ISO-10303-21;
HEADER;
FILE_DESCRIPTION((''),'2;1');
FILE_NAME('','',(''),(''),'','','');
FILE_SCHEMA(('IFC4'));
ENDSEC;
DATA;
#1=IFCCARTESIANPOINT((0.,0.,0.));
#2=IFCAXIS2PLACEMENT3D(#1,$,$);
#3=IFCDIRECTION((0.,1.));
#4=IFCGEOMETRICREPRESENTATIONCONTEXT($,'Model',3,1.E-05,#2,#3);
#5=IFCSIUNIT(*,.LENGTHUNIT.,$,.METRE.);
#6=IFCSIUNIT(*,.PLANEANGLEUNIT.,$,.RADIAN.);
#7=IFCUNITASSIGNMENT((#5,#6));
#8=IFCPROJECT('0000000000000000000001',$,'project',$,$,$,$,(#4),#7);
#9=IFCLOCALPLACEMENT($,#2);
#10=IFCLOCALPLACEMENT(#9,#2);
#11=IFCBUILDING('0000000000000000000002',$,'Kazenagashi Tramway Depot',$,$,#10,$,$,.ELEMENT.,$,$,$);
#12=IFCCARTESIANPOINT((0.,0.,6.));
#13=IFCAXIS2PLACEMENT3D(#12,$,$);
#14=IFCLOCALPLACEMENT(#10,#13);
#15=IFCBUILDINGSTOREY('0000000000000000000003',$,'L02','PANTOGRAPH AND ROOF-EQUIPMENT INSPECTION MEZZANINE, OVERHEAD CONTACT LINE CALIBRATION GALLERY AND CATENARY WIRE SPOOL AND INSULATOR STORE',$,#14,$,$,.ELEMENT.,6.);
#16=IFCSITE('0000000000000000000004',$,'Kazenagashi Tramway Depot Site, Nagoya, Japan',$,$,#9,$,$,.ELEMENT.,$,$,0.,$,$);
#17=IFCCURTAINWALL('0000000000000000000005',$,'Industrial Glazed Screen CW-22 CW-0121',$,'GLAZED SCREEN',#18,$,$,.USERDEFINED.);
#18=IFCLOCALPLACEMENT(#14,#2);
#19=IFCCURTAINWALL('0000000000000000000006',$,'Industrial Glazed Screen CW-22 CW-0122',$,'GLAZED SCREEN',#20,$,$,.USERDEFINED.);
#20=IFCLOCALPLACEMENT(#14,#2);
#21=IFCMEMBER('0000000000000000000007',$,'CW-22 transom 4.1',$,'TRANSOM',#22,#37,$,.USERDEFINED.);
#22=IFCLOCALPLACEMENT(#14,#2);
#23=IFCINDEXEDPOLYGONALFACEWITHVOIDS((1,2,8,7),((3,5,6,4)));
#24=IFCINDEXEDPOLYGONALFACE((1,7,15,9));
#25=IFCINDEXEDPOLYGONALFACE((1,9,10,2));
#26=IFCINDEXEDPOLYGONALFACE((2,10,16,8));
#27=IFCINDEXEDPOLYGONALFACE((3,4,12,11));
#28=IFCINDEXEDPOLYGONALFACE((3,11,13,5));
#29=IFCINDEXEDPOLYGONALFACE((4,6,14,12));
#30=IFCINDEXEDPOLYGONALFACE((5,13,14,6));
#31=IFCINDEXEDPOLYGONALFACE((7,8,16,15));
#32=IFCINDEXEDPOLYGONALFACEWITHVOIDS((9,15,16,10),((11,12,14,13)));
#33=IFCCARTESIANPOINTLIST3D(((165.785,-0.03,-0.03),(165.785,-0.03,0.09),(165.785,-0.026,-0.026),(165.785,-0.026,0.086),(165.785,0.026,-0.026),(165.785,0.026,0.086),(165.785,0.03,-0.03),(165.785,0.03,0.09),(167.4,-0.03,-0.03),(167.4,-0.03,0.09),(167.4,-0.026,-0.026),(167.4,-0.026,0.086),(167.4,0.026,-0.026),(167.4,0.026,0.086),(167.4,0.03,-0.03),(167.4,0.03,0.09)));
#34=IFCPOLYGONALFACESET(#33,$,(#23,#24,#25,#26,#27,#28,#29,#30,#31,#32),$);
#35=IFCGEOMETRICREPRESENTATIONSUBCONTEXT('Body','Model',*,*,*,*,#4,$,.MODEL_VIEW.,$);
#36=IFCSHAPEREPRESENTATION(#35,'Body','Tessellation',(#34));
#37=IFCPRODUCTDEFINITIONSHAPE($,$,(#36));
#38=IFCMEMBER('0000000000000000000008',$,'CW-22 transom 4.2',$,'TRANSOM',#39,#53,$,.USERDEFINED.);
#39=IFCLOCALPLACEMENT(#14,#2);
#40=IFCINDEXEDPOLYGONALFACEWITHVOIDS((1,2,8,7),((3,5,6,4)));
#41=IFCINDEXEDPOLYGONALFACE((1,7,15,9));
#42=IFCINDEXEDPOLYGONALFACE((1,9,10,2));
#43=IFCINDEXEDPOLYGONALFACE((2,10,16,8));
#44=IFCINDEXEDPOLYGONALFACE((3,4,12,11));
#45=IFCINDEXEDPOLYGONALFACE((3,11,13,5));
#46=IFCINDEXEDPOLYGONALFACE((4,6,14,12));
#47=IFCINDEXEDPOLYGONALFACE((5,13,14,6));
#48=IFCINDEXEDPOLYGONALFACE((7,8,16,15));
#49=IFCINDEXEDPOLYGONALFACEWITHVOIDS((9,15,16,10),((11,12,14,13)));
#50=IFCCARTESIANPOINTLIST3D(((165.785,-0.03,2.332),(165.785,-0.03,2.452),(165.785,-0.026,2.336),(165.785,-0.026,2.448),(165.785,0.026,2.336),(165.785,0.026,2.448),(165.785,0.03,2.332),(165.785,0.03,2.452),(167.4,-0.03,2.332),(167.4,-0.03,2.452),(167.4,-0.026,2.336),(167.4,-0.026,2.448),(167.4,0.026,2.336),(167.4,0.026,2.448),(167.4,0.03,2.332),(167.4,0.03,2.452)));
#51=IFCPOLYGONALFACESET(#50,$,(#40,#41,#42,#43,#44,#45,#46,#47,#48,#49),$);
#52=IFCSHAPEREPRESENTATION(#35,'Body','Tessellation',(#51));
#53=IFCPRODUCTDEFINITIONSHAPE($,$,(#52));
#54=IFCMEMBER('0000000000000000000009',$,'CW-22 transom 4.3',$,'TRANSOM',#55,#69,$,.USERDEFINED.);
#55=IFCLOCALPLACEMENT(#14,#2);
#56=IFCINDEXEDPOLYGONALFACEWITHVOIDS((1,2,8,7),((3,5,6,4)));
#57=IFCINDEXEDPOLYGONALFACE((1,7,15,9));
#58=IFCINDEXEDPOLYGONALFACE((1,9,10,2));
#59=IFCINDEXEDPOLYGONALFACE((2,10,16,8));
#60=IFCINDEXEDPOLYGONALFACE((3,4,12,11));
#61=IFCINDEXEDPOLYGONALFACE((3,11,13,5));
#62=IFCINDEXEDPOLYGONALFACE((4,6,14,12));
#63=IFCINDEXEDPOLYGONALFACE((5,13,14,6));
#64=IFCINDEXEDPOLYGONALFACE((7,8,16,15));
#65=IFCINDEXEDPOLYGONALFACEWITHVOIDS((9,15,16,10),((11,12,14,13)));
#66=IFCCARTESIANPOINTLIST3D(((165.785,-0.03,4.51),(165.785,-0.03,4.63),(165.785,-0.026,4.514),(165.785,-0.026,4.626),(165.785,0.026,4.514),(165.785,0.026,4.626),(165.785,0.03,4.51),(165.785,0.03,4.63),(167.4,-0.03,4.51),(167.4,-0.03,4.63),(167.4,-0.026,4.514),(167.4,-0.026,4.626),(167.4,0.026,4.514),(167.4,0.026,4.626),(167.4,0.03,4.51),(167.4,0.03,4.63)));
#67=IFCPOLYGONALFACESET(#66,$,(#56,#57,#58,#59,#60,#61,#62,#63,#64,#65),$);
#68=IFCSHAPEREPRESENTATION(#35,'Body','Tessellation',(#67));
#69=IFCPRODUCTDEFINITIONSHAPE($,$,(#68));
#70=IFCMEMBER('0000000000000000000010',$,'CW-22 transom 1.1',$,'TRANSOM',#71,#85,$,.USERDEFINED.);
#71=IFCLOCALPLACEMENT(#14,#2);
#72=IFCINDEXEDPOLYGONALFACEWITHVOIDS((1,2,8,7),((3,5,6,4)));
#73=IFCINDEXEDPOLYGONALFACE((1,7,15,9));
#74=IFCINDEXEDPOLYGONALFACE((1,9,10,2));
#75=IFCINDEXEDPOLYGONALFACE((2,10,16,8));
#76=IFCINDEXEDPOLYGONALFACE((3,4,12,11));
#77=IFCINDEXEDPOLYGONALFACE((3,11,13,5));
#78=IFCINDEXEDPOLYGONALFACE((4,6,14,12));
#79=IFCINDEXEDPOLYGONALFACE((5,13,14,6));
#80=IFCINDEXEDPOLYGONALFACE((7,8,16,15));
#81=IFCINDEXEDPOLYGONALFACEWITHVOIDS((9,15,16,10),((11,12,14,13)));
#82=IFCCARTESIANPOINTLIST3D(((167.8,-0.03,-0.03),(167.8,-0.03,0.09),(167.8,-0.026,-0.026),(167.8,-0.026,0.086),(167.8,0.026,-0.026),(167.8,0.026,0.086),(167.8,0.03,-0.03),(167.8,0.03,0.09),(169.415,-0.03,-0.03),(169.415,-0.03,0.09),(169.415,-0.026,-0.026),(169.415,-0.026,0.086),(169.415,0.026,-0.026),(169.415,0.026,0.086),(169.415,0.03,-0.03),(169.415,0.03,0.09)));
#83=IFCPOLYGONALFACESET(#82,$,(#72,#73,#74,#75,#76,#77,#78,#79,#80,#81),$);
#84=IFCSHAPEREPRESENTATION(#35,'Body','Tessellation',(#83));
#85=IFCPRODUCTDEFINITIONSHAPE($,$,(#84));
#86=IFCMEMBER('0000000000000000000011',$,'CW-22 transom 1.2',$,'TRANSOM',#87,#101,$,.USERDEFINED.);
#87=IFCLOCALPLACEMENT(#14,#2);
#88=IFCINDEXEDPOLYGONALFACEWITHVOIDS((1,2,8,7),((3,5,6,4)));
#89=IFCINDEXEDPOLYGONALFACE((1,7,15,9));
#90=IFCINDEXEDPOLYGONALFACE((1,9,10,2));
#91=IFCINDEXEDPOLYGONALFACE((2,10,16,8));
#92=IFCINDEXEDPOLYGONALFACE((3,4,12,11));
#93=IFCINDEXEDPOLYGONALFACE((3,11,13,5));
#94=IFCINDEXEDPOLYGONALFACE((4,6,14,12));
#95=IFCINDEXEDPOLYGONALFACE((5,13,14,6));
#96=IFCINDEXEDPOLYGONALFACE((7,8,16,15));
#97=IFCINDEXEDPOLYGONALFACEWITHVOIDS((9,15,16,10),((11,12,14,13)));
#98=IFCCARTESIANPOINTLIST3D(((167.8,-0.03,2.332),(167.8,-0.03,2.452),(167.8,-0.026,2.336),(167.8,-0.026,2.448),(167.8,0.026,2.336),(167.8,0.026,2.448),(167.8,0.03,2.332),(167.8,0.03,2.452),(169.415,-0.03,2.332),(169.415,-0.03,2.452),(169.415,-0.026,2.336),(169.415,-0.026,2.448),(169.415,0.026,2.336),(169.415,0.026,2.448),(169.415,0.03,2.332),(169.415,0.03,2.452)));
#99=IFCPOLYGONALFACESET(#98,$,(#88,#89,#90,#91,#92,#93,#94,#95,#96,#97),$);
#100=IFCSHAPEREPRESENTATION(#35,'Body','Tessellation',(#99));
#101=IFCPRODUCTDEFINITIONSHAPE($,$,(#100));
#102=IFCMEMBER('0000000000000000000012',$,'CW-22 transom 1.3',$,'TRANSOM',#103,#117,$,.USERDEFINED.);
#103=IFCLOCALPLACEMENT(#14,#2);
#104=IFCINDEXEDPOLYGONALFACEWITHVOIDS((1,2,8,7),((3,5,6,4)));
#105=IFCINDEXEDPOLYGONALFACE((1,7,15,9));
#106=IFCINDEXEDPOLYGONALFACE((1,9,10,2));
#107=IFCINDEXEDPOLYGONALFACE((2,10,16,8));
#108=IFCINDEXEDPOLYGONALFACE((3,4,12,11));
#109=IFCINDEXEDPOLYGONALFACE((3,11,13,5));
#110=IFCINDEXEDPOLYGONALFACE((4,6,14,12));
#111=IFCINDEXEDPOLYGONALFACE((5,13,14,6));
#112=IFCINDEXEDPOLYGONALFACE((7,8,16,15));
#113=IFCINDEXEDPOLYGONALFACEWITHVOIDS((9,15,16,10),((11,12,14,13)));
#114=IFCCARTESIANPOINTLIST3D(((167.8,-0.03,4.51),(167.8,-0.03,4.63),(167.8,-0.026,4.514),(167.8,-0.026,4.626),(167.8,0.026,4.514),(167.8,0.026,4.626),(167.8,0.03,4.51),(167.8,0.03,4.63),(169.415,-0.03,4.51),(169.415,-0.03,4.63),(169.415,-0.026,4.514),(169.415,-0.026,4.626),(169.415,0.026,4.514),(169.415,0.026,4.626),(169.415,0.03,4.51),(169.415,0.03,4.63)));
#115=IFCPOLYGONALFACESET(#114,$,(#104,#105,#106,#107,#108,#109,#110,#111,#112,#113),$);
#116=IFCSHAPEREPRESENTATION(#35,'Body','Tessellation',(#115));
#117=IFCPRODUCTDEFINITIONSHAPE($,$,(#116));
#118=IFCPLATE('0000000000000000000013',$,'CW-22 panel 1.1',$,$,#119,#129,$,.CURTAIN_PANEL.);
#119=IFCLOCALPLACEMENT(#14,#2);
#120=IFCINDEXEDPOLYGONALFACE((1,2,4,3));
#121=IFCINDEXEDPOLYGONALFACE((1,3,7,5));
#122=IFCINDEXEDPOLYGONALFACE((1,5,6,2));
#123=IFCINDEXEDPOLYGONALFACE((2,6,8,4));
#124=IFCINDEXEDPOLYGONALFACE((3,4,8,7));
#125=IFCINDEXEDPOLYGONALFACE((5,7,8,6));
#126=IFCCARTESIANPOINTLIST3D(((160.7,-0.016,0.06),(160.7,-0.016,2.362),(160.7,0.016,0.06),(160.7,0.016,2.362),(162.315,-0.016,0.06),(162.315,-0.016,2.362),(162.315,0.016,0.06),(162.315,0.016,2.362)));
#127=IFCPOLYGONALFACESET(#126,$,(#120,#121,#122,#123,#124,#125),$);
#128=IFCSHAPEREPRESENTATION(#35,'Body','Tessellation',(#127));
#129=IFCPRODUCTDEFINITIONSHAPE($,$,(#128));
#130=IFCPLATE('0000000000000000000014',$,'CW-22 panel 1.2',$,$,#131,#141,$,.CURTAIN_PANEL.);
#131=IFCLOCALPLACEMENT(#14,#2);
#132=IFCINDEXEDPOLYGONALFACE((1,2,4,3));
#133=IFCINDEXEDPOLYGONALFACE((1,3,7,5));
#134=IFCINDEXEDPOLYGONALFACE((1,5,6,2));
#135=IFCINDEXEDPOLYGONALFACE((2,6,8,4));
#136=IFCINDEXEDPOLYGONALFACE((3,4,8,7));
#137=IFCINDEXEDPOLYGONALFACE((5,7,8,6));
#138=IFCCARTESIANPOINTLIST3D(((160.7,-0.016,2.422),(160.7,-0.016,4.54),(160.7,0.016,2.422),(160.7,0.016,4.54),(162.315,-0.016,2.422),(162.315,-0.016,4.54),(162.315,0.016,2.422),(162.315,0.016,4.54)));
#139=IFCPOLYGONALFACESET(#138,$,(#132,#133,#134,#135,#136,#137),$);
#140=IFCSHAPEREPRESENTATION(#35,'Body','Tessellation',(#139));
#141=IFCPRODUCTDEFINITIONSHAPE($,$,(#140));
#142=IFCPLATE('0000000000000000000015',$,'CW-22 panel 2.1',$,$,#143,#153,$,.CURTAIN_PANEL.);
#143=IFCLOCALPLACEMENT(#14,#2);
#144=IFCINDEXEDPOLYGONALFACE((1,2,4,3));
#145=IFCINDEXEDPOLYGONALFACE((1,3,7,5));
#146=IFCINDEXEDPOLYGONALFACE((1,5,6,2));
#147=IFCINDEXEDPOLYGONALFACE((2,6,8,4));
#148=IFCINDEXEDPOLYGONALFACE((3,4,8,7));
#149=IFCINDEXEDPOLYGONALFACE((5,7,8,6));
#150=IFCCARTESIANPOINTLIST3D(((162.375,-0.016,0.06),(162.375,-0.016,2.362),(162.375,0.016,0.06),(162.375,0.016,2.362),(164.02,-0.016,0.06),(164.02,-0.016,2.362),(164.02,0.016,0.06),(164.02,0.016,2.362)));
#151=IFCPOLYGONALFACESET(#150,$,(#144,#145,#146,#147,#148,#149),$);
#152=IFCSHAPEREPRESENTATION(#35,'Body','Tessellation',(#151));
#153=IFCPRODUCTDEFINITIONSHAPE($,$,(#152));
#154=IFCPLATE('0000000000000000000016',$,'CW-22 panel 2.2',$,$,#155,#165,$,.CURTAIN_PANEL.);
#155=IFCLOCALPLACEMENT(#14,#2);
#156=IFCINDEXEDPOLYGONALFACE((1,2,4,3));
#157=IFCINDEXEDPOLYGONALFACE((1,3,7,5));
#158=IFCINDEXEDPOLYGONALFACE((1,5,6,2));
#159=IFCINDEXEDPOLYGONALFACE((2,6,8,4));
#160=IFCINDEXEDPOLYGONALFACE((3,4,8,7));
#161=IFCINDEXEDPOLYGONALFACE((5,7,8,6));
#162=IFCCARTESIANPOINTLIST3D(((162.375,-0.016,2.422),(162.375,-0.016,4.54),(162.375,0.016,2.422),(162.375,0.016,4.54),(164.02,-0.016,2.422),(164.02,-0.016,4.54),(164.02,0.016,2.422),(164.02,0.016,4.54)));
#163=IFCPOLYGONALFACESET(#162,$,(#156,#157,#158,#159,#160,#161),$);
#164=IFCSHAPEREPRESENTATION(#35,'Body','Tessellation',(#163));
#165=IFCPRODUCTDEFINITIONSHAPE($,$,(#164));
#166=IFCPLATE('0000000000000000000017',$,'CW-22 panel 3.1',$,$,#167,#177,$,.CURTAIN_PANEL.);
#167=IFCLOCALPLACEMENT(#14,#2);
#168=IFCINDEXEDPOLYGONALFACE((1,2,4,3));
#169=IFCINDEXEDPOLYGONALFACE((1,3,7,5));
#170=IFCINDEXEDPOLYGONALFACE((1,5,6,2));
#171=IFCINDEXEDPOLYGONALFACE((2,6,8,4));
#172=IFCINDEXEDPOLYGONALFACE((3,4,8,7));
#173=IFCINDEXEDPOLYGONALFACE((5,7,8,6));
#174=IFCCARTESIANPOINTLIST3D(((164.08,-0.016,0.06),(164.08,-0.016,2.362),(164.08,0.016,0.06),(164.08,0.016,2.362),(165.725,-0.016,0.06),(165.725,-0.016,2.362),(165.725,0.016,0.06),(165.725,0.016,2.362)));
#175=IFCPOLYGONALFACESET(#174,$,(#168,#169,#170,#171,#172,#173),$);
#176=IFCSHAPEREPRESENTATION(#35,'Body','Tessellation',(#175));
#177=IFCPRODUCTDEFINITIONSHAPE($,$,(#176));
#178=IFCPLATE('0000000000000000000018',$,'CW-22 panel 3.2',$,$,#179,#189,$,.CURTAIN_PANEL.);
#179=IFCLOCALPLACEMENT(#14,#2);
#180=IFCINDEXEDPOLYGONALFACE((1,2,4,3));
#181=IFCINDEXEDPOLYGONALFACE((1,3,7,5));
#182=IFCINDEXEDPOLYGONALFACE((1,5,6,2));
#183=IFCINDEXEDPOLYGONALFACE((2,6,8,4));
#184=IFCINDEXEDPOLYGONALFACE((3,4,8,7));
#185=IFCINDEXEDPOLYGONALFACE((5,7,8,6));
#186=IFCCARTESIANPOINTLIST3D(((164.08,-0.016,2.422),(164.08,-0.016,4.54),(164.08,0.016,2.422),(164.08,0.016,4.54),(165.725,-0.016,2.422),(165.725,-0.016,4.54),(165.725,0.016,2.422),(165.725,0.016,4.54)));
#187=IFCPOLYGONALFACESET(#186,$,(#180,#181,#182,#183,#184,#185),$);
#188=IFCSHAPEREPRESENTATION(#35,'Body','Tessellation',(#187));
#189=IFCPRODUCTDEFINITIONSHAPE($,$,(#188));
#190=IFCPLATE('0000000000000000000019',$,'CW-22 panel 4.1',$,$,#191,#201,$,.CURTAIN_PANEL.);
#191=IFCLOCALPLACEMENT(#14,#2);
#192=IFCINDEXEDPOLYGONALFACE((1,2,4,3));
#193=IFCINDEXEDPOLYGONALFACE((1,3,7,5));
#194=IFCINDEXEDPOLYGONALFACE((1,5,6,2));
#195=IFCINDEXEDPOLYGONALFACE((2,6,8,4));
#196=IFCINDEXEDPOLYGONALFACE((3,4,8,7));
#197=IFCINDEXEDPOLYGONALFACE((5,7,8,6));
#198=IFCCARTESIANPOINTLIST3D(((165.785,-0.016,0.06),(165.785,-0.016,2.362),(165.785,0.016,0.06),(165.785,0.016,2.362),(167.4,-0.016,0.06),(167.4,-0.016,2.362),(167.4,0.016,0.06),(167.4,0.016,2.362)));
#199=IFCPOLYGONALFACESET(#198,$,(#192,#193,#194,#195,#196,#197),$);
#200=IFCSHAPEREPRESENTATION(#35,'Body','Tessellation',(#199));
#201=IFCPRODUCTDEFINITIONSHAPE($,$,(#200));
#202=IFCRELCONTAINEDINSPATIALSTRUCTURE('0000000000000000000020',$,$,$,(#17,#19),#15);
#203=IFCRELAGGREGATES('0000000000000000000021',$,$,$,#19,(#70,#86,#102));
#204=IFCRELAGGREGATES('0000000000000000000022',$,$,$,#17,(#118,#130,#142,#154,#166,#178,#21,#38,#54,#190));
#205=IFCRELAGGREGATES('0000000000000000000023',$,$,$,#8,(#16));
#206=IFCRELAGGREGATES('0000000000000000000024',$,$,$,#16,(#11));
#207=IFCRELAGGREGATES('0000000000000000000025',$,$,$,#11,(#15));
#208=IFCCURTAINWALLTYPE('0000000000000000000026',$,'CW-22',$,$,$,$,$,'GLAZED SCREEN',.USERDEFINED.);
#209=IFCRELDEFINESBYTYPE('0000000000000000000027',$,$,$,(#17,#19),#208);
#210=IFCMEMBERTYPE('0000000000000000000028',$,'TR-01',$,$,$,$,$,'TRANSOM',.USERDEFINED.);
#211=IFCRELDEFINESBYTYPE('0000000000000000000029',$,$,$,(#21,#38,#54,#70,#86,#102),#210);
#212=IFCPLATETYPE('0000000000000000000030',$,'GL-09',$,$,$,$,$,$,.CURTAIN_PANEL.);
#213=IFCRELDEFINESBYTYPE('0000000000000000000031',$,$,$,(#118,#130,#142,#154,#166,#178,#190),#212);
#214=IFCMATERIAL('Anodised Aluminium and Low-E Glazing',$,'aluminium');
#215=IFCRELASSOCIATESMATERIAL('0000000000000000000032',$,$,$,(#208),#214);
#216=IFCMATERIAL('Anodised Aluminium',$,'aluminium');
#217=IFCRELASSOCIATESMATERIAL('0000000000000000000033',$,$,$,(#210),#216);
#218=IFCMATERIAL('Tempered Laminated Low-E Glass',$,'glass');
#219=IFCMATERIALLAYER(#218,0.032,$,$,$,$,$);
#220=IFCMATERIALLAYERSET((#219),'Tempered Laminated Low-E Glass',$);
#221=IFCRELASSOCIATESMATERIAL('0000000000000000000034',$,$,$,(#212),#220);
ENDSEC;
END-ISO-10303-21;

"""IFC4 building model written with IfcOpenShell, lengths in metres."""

from ifc_helpers import new_model, si_unit, direction, frame, origin, origin_2d, place, context, subcontext, project, spatial, rectangle, hollow_rectangle, extrude, material, layer, layer_set, material_profile, profile_set, type_object, element, aggregate, save


model = new_model("IFC4")

# Units and contexts
model_context = context("Model", 3, precision=1e-05, world=origin(), true_north=direction((0.0, 1.0)))
body_context = subcontext(model_context, "Body", "Model", "MODEL_VIEW")
ifc_project = project(units=[si_unit("LENGTHUNIT", "METRE"), si_unit("PLANEANGLEUNIT", "RADIAN")], contexts=[model_context])

# Site, building, storey
site_placement = place(None, origin())
site = spatial("IfcSite", under=ifc_project, at=site_placement, Name="Kazenagashi Tramway Depot Site, Nagoya, Japan", CompositionType="ELEMENT", RefElevation=0.0)
building_placement = place(site_placement, origin())
building = spatial("IfcBuilding", under=site, at=building_placement, Name="Kazenagashi Tramway Depot", CompositionType="ELEMENT")
storey_placement = place(building_placement, frame((0.0, 0.0, 6.0)))
storey = spatial("IfcBuildingStorey", under=building, at=storey_placement, Name="L02", Description="PANTOGRAPH AND ROOF-EQUIPMENT INSPECTION MEZZANINE, OVERHEAD CONTACT LINE CALIBRATION GALLERY AND CATENARY WIRE SPOOL AND INSULATOR STORE", CompositionType="ELEMENT", Elevation=6.0)

# Curtain wall
ifc_material_1 = material(Name="Anodised Aluminium and Low-E Glazing", Category="aluminium")
curtain_wall_type = type_object("IfcCurtainWallType", Name="CW-22", ElementType="GLAZED SCREEN", PredefinedType="USERDEFINED", material=ifc_material_1)
curtain_wall_1_placement = place(storey_placement, origin())
curtain_wall_1 = element("IfcCurtainWall", 1, at=curtain_wall_1_placement, inside=storey, type_object=curtain_wall_type, Name="Industrial Glazed Screen CW-22 CW-0121", ObjectType="GLAZED SCREEN", PredefinedType="USERDEFINED")
ifc_material_2 = material(Name="Anodised Aluminium", Category="aluminium")

# Curtain wall
curtain_wall_2_placement = place(storey_placement, origin())
curtain_wall_2 = element("IfcCurtainWall", 2, at=curtain_wall_2_placement, inside=storey, type_object=curtain_wall_type, Name="Industrial Glazed Screen CW-22 CW-0122", ObjectType="GLAZED SCREEN", PredefinedType="USERDEFINED")

# Members
ifc_material_profile_1 = material_profile(ifc_material_2, hollow_rectangle(XDim=0.06, YDim=0.12, WallThickness=0.004, at=origin_2d()), Name="RHS-120x60x4")
ifc_profile_set_1 = profile_set([ifc_material_profile_1], Name="Anodised Aluminium")
member_type_1 = type_object("IfcMemberType", Name="TR-01", ElementType="TRANSOM", PredefinedType="USERDEFINED", material=ifc_profile_set_1)
member_1_placement = place(storey_placement, frame((165.785, 0.0, 0.03), z_axis=(1.0, 0.0, 0.0), x_axis=(0.0, 1.0, 0.0)))
member_1 = element("IfcMember", 3, at=member_1_placement, type_object=member_type_1, Name="CW-22 transom 4.1", ObjectType="TRANSOM", PredefinedType="USERDEFINED", context=body_context, shape_type="SweptSolid", body=[
    extrude(hollow_rectangle(XDim=0.06, YDim=0.12, WallThickness=0.004, at=origin_2d()), origin(), (0.0, 0.0, 1.0), 1.615),
])
member_2_placement = place(storey_placement, frame((165.785, 0.0, 2.392), z_axis=(1.0, 0.0, 0.0), x_axis=(0.0, 1.0, 0.0)))
member_2 = element("IfcMember", 4, at=member_2_placement, type_object=member_type_1, Name="CW-22 transom 4.2", ObjectType="TRANSOM", PredefinedType="USERDEFINED", context=body_context, shape_type="SweptSolid", body=[
    extrude(hollow_rectangle(XDim=0.06, YDim=0.12, WallThickness=0.004, at=origin_2d()), origin(), (0.0, 0.0, 1.0), 1.615),
])
member_3_placement = place(storey_placement, frame((165.785, 0.0, 4.57), z_axis=(1.0, 0.0, 0.0), x_axis=(0.0, 1.0, 0.0)))
member_3 = element("IfcMember", 5, at=member_3_placement, type_object=member_type_1, Name="CW-22 transom 4.3", ObjectType="TRANSOM", PredefinedType="USERDEFINED", context=body_context, shape_type="SweptSolid", body=[
    extrude(hollow_rectangle(XDim=0.06, YDim=0.12, WallThickness=0.004, at=origin_2d()), origin(), (0.0, 0.0, 1.0), 1.615),
])
member_4_placement = place(storey_placement, frame((167.8, 0.0, 0.03), z_axis=(1.0, 0.0, 0.0), x_axis=(0.0, 1.0, 0.0)))
member_4 = element("IfcMember", 6, at=member_4_placement, type_object=member_type_1, Name="CW-22 transom 1.1", ObjectType="TRANSOM", PredefinedType="USERDEFINED", context=body_context, shape_type="SweptSolid", body=[
    extrude(hollow_rectangle(XDim=0.06, YDim=0.12, WallThickness=0.004, at=origin_2d()), origin(), (0.0, 0.0, 1.0), 1.615),
])
member_5_placement = place(storey_placement, frame((167.8, 0.0, 2.392), z_axis=(1.0, 0.0, 0.0), x_axis=(0.0, 1.0, 0.0)))
member_5 = element("IfcMember", 7, at=member_5_placement, type_object=member_type_1, Name="CW-22 transom 1.2", ObjectType="TRANSOM", PredefinedType="USERDEFINED", context=body_context, shape_type="SweptSolid", body=[
    extrude(hollow_rectangle(XDim=0.06, YDim=0.12, WallThickness=0.004, at=origin_2d()), origin(), (0.0, 0.0, 1.0), 1.615),
])
member_6_placement = place(storey_placement, frame((167.8, 0.0, 4.57), z_axis=(1.0, 0.0, 0.0), x_axis=(0.0, 1.0, 0.0)))
member_6 = element("IfcMember", 8, at=member_6_placement, type_object=member_type_1, Name="CW-22 transom 1.3", ObjectType="TRANSOM", PredefinedType="USERDEFINED", context=body_context, shape_type="SweptSolid", body=[
    extrude(hollow_rectangle(XDim=0.06, YDim=0.12, WallThickness=0.004, at=origin_2d()), origin(), (0.0, 0.0, 1.0), 1.615),
])
aggregate(curtain_wall_2, [member_4, member_5, member_6])

# Plates
ifc_material_3 = material(Name="Tempered Laminated Low-E Glass", Category="glass")
ifc_layer = layer(ifc_material_3, 0.032)
ifc_layer_set = layer_set([ifc_layer], Name="Tempered Laminated Low-E Glass")
plate_type = type_object("IfcPlateType", Name="GL-09", PredefinedType="CURTAIN_PANEL", material=ifc_layer_set)
plate_1_placement = place(storey_placement, frame((161.5075, 0.0, 0.06), z_axis=(0.0, 0.0, 1.0), x_axis=(1.0, 0.0, 0.0)))
plate_1 = element("IfcPlate", 9, at=plate_1_placement, type_object=plate_type, Name="CW-22 panel 1.1", PredefinedType="CURTAIN_PANEL", context=body_context, shape_type="SweptSolid", body=[
    extrude(rectangle(XDim=1.615, YDim=0.032, at=origin_2d()), origin(), (0.0, 0.0, 1.0), 2.302),
])
plate_2_placement = place(storey_placement, frame((161.5075, 0.0, 2.422), z_axis=(0.0, 0.0, 1.0), x_axis=(1.0, 0.0, 0.0)))
plate_2 = element("IfcPlate", 10, at=plate_2_placement, type_object=plate_type, Name="CW-22 panel 1.2", PredefinedType="CURTAIN_PANEL", context=body_context, shape_type="SweptSolid", body=[
    extrude(rectangle(XDim=1.615, YDim=0.032, at=origin_2d()), origin(), (0.0, 0.0, 1.0), 2.118),
])
plate_3_placement = place(storey_placement, frame((163.1975, 0.0, 0.06), z_axis=(0.0, 0.0, 1.0), x_axis=(1.0, 0.0, 0.0)))
plate_3 = element("IfcPlate", 11, at=plate_3_placement, type_object=plate_type, Name="CW-22 panel 2.1", PredefinedType="CURTAIN_PANEL", context=body_context, shape_type="SweptSolid", body=[
    extrude(rectangle(XDim=1.645, YDim=0.032, at=origin_2d()), origin(), (0.0, 0.0, 1.0), 2.302),
])
plate_4_placement = place(storey_placement, frame((163.1975, 0.0, 2.422), z_axis=(0.0, 0.0, 1.0), x_axis=(1.0, 0.0, 0.0)))
plate_4 = element("IfcPlate", 12, at=plate_4_placement, type_object=plate_type, Name="CW-22 panel 2.2", PredefinedType="CURTAIN_PANEL", context=body_context, shape_type="SweptSolid", body=[
    extrude(rectangle(XDim=1.645, YDim=0.032, at=origin_2d()), origin(), (0.0, 0.0, 1.0), 2.118),
])
plate_5_placement = place(storey_placement, frame((164.9025, 0.0, 0.06), z_axis=(0.0, 0.0, 1.0), x_axis=(1.0, 0.0, 0.0)))
plate_5 = element("IfcPlate", 13, at=plate_5_placement, type_object=plate_type, Name="CW-22 panel 3.1", PredefinedType="CURTAIN_PANEL", context=body_context, shape_type="SweptSolid", body=[
    extrude(rectangle(XDim=1.645, YDim=0.032, at=origin_2d()), origin(), (0.0, 0.0, 1.0), 2.302),
])
plate_6_placement = place(storey_placement, frame((164.9025, 0.0, 2.422), z_axis=(0.0, 0.0, 1.0), x_axis=(1.0, 0.0, 0.0)))
plate_6 = element("IfcPlate", 14, at=plate_6_placement, type_object=plate_type, Name="CW-22 panel 3.2", PredefinedType="CURTAIN_PANEL", context=body_context, shape_type="SweptSolid", body=[
    extrude(rectangle(XDim=1.645, YDim=0.032, at=origin_2d()), origin(), (0.0, 0.0, 1.0), 2.118),
])
plate_7_placement = place(storey_placement, frame((166.5925, 0.0, 0.06), z_axis=(0.0, 0.0, 1.0), x_axis=(1.0, 0.0, 0.0)))
plate_7 = element("IfcPlate", 15, at=plate_7_placement, type_object=plate_type, Name="CW-22 panel 4.1", PredefinedType="CURTAIN_PANEL", context=body_context, shape_type="SweptSolid", body=[
    extrude(rectangle(XDim=1.615, YDim=0.032, at=origin_2d()), origin(), (0.0, 0.0, 1.0), 2.302),
])
aggregate(curtain_wall_1, [plate_1, plate_2, plate_3, plate_4, plate_5, plate_6, member_1, member_2, member_3, plate_7])

save(model, "model.ifc")
